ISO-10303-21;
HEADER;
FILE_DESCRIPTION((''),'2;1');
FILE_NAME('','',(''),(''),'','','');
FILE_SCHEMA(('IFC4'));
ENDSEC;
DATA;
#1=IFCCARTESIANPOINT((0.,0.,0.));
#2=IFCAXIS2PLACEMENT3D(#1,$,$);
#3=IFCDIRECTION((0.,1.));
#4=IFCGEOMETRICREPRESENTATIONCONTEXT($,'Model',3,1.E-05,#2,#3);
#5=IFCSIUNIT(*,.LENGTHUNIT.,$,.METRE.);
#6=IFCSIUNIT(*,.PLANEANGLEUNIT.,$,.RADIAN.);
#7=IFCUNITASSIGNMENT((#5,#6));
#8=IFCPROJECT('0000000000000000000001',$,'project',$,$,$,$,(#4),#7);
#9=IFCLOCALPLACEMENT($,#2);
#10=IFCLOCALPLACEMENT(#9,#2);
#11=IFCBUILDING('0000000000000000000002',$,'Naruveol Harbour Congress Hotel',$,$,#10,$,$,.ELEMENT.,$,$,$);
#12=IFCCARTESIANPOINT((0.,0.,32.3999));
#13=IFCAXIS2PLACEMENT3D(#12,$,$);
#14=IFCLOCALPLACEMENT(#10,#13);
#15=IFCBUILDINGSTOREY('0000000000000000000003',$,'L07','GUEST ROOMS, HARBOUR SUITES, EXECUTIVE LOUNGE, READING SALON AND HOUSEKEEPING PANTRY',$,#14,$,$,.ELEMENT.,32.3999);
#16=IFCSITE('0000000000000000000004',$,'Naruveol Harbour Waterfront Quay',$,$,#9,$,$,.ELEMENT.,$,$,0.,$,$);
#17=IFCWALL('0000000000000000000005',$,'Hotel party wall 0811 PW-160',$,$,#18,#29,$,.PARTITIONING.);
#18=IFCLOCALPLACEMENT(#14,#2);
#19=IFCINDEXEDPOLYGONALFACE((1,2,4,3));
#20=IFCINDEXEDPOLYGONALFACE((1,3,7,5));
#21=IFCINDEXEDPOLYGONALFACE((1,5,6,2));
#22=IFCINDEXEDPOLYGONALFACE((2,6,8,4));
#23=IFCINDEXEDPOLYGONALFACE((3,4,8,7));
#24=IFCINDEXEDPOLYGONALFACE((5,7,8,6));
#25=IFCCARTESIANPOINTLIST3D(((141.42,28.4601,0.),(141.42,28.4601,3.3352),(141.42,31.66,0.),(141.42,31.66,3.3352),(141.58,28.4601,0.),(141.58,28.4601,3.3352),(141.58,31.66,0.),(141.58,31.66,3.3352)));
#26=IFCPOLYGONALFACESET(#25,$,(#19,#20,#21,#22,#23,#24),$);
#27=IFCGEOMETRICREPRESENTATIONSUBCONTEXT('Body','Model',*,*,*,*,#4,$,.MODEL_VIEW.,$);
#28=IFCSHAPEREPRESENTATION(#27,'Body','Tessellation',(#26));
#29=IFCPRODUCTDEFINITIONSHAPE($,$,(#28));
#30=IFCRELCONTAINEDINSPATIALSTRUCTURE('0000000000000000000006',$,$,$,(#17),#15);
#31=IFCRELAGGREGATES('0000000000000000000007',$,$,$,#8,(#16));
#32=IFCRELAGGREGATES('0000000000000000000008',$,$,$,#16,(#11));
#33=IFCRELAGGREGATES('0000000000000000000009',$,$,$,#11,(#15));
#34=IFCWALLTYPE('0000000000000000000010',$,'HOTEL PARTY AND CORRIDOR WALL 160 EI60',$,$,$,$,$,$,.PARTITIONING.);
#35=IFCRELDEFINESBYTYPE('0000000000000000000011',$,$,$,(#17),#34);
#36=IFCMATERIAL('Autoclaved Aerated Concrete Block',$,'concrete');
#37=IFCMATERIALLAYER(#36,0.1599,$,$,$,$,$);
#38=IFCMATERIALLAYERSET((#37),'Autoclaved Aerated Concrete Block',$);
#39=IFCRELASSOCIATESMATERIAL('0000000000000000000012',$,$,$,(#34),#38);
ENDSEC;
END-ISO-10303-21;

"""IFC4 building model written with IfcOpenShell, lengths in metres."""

from ifc_helpers import new_model, si_unit, direction, frame, frame_2d, origin, place, context, subcontext, project, spatial, rectangle, extrude, material, layer, layer_set, type_object, element, save


model = new_model("IFC4")

# Units and contexts
model_context = context("Model", 3, precision=1e-05, world=origin(), true_north=direction((0.0, 1.0)))
body_context = subcontext(model_context, "Body", "Model", "MODEL_VIEW")
ifc_project = project(units=[si_unit("LENGTHUNIT", "METRE"), si_unit("PLANEANGLEUNIT", "RADIAN")], contexts=[model_context])

# Site, building, storey
site_placement = place(None, origin())
site = spatial("IfcSite", under=ifc_project, at=site_placement, Name="Naruveol Harbour Waterfront Quay", CompositionType="ELEMENT", RefElevation=0.0)
building_placement = place(site_placement, origin())
building = spatial("IfcBuilding", under=site, at=building_placement, Name="Naruveol Harbour Congress Hotel", CompositionType="ELEMENT")
storey_placement = place(building_placement, frame((0.0, 0.0, 32.3999)))
storey = spatial("IfcBuildingStorey", under=building, at=storey_placement, Name="L07", Description="GUEST ROOMS, HARBOUR SUITES, EXECUTIVE LOUNGE, READING SALON AND HOUSEKEEPING PANTRY", CompositionType="ELEMENT", Elevation=32.3999)

# Shared definitions
ifc_material_1 = material(Name="Autoclaved Aerated Concrete Block", Category="concrete")
ifc_layer_1 = layer(ifc_material_1, 0.1599)
ifc_layer_set_1 = layer_set([ifc_layer_1], Name="Autoclaved Aerated Concrete Block")
wall_type_1 = type_object("IfcWallType", Name="HOTEL PARTY AND CORRIDOR WALL 160 EI60", PredefinedType="PARTITIONING", material=ifc_layer_set_1)

# Wall
wall_1_placement = place(storey_placement, frame((141.5, 28.46, 0.0), z_axis=(0.0, 0.0, 1.0), x_axis=(0.0, 1.0, 0.0)))
element("IfcWall", 1, at=wall_1_placement, inside=storey, type_object=wall_type_1, Name="Hotel party wall 0811 PW-160", PredefinedType="PARTITIONING", context=body_context, shape_type="SweptSolid", body=[
    extrude(rectangle(XDim=3.2, YDim=0.1599, at=frame_2d((1.6001, 0.0))), origin(), (0.0, 0.0, 1.0), 3.3352),
])

save(model, "model.ifc")
